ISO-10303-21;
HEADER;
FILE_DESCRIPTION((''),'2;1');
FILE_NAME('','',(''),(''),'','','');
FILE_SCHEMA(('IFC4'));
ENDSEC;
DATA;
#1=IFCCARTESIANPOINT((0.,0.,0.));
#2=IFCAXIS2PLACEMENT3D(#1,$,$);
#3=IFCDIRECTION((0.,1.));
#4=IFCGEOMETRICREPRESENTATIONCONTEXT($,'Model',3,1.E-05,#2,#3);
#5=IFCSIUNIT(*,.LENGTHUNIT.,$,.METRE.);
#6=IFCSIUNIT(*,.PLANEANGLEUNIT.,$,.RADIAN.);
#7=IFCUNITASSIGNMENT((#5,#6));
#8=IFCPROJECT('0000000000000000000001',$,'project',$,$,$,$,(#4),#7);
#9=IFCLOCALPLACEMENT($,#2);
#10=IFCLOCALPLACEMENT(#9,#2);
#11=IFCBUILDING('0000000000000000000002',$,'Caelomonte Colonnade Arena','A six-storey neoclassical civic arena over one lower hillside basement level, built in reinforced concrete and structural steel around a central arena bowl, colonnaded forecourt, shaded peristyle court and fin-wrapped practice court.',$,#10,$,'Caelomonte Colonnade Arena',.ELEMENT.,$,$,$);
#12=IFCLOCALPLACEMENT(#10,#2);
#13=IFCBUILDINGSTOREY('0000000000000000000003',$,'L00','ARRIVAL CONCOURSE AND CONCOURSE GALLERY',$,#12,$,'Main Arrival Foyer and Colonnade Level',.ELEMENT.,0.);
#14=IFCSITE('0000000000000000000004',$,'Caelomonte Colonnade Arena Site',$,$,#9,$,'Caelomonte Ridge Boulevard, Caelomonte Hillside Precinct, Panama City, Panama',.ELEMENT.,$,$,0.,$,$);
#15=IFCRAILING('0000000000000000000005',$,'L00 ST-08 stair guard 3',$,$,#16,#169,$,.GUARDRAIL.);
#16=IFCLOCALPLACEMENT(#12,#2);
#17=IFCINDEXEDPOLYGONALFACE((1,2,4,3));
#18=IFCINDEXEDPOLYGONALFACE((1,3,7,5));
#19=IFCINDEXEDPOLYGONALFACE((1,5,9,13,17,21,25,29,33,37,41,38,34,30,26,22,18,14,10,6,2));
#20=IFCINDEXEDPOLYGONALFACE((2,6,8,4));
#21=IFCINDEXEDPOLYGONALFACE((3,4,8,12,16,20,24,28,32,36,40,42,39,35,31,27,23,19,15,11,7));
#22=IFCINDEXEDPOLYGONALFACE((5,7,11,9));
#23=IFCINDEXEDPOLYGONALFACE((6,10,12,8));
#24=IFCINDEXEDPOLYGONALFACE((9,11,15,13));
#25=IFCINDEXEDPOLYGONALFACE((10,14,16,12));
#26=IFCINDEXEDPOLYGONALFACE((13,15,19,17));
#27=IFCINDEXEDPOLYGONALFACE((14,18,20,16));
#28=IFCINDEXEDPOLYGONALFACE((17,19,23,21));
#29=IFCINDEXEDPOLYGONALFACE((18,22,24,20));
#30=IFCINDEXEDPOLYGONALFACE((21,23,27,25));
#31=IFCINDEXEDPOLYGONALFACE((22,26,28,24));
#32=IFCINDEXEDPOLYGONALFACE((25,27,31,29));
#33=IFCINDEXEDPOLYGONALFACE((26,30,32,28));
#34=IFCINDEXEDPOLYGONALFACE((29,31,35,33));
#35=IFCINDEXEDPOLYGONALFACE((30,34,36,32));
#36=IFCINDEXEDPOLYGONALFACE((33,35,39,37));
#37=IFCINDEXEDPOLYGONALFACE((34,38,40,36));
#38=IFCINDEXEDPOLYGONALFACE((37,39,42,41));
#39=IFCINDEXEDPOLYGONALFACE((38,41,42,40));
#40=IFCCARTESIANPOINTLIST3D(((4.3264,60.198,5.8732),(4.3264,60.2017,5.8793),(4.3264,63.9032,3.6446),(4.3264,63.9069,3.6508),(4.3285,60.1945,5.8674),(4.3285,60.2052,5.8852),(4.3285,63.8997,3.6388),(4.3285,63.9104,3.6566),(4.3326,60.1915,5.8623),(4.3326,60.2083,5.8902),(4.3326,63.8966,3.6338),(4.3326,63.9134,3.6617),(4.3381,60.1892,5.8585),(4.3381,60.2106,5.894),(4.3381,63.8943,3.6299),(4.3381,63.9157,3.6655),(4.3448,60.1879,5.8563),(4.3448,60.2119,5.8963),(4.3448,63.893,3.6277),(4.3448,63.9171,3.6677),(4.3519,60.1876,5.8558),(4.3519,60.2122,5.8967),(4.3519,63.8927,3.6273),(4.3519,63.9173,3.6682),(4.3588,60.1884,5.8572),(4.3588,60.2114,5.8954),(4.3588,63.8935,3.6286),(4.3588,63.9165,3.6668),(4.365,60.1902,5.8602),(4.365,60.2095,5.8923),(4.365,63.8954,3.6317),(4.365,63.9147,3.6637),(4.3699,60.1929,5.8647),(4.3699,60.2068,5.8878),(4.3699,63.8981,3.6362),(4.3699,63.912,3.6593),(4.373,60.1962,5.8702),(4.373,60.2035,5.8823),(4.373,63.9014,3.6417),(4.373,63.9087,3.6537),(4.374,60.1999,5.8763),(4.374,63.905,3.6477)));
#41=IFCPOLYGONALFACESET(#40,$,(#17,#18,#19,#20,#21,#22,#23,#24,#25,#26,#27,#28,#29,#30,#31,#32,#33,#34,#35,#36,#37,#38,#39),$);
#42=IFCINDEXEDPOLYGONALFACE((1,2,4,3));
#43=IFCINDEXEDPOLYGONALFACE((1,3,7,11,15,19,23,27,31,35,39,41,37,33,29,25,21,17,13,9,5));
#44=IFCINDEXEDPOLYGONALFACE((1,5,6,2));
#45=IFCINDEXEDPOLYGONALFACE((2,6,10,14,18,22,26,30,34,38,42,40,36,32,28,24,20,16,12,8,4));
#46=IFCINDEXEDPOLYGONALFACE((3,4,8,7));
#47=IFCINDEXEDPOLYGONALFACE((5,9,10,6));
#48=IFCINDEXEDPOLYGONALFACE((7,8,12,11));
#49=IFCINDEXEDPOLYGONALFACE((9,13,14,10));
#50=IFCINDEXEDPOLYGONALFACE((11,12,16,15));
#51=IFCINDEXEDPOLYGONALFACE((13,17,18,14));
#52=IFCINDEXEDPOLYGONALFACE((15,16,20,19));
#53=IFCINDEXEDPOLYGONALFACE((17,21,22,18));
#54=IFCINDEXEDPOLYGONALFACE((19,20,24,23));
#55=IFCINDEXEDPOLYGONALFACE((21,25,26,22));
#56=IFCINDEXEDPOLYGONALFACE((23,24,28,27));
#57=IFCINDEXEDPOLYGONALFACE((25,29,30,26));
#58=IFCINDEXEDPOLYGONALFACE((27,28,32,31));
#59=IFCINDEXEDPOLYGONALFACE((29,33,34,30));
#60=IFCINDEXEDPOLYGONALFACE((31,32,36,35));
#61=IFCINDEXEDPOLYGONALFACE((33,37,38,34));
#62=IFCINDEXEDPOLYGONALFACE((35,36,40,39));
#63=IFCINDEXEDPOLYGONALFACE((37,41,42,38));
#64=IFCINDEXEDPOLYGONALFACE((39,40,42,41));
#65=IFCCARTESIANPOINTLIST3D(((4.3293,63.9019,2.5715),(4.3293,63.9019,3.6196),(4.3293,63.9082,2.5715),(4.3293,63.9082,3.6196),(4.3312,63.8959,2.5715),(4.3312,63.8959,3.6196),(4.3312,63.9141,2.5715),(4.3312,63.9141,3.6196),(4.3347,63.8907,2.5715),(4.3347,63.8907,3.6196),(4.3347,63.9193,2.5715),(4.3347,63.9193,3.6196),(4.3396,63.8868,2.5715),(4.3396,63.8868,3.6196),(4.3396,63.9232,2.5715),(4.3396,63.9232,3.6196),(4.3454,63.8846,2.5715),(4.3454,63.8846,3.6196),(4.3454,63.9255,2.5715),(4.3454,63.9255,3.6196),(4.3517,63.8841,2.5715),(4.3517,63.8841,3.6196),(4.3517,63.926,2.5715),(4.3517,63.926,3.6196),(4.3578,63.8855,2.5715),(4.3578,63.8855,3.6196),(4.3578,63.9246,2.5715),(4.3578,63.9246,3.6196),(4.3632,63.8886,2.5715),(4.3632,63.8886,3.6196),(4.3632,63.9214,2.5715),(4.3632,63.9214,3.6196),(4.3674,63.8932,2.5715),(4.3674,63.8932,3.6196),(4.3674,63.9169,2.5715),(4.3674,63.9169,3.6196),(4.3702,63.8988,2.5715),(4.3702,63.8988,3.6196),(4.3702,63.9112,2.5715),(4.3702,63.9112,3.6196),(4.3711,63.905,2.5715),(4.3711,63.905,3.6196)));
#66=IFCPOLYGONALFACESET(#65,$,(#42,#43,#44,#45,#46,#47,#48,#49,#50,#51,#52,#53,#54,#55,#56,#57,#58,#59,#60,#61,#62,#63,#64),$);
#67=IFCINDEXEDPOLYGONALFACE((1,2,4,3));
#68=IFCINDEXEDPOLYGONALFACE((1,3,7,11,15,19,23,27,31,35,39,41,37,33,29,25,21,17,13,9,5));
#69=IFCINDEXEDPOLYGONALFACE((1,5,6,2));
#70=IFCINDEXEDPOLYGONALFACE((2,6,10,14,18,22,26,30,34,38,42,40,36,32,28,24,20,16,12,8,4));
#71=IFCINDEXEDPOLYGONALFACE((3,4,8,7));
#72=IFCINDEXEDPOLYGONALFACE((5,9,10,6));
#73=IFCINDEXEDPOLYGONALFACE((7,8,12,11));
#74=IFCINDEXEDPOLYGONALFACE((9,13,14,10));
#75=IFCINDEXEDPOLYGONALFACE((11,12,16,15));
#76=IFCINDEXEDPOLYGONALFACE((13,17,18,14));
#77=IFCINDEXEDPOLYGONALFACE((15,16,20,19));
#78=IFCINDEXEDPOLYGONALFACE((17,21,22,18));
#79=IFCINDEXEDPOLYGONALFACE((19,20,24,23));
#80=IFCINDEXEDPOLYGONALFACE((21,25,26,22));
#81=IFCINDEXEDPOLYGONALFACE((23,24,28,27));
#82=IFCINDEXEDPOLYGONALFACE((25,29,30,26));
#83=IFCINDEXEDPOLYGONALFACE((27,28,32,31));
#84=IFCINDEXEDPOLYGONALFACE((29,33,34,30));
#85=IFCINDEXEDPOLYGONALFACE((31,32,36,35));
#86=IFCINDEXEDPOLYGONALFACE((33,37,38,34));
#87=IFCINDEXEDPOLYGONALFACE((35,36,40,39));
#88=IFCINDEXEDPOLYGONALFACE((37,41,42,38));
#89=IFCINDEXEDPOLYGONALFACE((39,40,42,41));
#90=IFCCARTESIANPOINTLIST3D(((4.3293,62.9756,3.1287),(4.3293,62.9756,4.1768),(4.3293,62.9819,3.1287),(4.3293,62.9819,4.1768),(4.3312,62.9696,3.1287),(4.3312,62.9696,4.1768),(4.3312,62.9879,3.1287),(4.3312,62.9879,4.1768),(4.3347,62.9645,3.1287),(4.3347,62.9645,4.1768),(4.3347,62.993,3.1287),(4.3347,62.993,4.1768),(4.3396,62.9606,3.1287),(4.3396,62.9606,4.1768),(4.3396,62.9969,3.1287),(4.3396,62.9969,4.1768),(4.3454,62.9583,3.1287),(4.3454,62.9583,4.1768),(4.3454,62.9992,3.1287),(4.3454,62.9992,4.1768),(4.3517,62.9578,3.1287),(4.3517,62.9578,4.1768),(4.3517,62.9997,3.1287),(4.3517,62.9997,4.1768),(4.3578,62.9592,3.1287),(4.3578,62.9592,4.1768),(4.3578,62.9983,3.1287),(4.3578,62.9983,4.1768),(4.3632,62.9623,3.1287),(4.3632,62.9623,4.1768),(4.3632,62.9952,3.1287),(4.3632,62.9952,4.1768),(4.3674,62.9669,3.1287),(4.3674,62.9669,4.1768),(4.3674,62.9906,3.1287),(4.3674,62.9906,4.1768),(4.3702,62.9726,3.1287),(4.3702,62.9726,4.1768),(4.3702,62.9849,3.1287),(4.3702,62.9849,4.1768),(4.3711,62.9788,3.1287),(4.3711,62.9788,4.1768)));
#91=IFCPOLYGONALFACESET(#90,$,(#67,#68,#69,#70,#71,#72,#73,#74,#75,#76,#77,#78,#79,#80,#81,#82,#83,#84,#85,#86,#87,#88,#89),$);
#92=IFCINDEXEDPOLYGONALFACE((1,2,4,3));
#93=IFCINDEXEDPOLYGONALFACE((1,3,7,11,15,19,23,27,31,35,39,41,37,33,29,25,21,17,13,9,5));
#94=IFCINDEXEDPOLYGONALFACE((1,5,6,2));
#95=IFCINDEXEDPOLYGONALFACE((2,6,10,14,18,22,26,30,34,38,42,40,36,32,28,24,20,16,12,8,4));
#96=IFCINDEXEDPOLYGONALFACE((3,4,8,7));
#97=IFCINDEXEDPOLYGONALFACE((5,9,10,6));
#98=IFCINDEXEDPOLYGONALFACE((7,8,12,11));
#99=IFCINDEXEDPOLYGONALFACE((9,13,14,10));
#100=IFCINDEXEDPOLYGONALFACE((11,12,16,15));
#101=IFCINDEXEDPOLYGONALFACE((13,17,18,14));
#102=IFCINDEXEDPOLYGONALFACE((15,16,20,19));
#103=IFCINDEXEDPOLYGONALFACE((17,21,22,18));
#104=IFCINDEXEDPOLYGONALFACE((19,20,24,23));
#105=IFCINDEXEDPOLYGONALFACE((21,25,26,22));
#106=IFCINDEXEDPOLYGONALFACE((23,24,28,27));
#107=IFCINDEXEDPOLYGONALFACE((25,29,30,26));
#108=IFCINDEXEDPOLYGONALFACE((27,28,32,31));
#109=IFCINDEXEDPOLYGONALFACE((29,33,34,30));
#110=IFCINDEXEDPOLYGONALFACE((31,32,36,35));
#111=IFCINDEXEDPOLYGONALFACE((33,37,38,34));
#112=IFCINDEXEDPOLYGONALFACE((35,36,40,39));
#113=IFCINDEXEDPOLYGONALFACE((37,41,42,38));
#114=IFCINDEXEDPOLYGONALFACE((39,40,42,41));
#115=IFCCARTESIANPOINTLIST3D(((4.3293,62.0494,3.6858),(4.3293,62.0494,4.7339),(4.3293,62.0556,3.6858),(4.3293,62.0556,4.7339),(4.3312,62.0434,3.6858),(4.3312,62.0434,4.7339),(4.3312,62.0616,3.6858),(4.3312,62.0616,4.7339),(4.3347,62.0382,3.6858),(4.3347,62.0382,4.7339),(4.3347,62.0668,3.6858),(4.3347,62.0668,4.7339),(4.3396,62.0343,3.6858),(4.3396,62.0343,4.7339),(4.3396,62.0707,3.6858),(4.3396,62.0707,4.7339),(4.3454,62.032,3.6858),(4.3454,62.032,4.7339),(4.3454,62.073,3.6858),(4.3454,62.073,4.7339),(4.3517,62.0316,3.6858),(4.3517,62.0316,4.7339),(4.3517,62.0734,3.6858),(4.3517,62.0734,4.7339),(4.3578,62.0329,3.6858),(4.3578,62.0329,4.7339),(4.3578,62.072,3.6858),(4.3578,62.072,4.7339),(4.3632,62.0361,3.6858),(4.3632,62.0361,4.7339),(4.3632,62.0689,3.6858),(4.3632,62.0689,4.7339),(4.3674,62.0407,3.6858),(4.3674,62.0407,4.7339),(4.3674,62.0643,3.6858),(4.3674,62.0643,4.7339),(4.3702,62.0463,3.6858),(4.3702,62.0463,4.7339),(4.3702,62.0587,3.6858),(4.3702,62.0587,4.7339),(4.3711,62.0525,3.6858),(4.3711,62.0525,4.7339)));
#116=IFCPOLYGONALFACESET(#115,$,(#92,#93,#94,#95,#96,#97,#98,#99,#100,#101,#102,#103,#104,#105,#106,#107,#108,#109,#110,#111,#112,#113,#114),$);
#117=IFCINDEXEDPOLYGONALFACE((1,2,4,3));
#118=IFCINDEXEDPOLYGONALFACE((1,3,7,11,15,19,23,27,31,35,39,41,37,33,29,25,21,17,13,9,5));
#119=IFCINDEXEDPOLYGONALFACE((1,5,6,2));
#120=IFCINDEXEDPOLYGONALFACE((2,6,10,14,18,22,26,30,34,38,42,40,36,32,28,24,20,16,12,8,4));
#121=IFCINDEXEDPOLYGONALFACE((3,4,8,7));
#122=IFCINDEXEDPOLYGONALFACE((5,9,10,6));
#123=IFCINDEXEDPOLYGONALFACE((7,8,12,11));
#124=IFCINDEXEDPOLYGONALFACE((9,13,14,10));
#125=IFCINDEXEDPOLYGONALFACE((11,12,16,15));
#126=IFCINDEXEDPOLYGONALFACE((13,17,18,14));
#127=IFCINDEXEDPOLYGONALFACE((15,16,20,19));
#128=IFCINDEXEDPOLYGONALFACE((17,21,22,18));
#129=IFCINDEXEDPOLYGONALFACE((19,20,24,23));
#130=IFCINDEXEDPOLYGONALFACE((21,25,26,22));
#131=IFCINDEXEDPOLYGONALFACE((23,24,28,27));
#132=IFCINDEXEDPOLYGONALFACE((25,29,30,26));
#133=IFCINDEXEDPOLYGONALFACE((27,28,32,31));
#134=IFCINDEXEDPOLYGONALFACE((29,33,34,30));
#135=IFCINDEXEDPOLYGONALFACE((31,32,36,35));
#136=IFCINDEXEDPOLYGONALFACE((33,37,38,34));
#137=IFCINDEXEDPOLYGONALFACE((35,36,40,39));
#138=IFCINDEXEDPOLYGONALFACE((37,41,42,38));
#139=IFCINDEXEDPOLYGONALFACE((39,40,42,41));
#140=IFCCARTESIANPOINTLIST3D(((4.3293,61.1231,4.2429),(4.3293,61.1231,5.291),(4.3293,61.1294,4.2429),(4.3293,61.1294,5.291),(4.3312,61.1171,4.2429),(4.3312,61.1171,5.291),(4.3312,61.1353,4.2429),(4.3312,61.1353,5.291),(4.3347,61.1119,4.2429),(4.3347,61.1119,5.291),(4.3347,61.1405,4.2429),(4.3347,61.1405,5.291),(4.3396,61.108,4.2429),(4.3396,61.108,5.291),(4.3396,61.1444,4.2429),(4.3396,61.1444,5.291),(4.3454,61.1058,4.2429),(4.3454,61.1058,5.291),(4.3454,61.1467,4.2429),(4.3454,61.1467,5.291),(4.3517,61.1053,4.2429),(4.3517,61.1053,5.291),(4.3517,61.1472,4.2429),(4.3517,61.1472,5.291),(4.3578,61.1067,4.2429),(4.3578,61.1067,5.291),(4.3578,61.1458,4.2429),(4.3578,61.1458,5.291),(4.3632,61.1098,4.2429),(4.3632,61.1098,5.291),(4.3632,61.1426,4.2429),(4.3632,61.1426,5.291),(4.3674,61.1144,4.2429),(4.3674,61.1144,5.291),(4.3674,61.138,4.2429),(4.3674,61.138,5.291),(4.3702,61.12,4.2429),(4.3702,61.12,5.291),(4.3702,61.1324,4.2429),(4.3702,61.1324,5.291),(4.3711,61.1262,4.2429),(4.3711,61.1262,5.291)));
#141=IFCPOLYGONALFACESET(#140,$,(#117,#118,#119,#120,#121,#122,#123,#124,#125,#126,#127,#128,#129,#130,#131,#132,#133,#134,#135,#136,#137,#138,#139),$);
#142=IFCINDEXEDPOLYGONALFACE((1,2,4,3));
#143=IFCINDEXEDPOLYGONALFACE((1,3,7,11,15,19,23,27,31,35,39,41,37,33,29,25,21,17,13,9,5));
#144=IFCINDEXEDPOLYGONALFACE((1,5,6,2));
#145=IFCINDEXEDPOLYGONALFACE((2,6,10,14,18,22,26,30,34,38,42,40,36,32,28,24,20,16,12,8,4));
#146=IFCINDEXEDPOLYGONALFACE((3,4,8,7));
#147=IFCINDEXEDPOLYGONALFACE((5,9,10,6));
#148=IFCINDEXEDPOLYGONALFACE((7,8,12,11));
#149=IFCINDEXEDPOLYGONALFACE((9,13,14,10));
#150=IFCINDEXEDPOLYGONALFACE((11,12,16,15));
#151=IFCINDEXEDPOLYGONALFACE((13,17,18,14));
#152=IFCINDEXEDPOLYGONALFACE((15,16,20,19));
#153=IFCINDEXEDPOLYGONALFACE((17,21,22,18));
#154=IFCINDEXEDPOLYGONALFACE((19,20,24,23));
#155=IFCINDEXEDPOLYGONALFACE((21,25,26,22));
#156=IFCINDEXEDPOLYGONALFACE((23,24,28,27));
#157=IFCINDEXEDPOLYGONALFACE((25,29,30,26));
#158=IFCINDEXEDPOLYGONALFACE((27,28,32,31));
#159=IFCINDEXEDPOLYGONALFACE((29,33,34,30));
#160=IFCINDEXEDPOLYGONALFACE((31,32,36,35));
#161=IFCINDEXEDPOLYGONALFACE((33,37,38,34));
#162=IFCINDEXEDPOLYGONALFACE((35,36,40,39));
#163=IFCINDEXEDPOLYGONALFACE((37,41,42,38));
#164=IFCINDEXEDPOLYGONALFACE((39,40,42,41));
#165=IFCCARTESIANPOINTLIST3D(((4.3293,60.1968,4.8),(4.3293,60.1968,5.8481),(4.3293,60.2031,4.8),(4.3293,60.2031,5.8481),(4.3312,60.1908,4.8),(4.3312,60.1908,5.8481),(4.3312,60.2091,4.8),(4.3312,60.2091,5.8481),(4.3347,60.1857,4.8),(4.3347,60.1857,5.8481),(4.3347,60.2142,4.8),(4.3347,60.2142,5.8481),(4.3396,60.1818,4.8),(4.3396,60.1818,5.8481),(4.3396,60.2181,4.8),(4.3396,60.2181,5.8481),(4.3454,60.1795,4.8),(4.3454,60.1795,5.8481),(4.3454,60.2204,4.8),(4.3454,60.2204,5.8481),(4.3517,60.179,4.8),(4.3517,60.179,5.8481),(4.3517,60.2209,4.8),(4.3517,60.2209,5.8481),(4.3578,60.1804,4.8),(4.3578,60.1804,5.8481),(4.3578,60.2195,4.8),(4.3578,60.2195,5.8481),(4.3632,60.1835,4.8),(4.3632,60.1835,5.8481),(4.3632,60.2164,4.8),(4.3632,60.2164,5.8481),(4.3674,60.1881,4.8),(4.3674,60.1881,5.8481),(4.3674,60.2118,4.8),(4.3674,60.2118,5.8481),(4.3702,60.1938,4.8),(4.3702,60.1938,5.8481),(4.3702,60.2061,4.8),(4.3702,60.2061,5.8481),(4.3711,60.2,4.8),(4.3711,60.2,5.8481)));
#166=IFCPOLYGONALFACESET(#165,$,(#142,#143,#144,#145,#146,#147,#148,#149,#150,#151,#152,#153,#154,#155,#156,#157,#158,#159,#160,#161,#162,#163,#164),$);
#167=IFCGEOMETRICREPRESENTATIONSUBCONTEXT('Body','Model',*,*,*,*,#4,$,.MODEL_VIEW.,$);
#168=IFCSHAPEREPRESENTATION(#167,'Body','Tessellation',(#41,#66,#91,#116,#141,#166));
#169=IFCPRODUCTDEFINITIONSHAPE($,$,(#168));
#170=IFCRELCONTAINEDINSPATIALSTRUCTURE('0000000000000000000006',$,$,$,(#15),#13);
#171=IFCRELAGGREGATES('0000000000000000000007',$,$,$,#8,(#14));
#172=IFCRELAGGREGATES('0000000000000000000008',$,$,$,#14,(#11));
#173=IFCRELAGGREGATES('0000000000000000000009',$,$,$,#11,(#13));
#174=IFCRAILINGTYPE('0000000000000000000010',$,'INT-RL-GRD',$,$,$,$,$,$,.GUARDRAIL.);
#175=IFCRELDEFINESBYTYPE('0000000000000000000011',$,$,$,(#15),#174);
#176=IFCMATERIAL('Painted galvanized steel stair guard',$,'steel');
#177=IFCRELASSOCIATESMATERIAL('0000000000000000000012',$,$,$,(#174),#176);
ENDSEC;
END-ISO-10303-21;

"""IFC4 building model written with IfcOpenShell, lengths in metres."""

from ifc_helpers import new_model, si_unit, direction, frame, origin, origin_2d, place, context, subcontext, project, spatial, circle, extrude, material, type_object, element, save


model = new_model("IFC4")

# Units and contexts
model_context = context("Model", 3, precision=1e-05, world=origin(), true_north=direction((0.0, 1.0)))
body_context = subcontext(model_context, "Body", "Model", "MODEL_VIEW")
ifc_project = project(units=[si_unit("LENGTHUNIT", "METRE"), si_unit("PLANEANGLEUNIT", "RADIAN")], contexts=[model_context])

# Site, building, storey
site_placement = place(None, origin())
site = spatial("IfcSite", under=ifc_project, at=site_placement, Name="Caelomonte Colonnade Arena Site", LongName="Caelomonte Ridge Boulevard, Caelomonte Hillside Precinct, Panama City, Panama", CompositionType="ELEMENT", RefElevation=0.0)
building_placement = place(site_placement, origin())
building = spatial("IfcBuilding", under=site, at=building_placement, Name="Caelomonte Colonnade Arena", Description="A six-storey neoclassical civic arena over one lower hillside basement level, built in reinforced concrete and structural steel around a central arena bowl, colonnaded forecourt, shaded peristyle court and fin-wrapped practice court.", LongName="Caelomonte Colonnade Arena", CompositionType="ELEMENT")
storey_placement = place(building_placement, origin())
storey = spatial("IfcBuildingStorey", under=building, at=storey_placement, Name="L00", Description="ARRIVAL CONCOURSE AND CONCOURSE GALLERY", LongName="Main Arrival Foyer and Colonnade Level", CompositionType="ELEMENT", Elevation=0.0)

# Railing
ifc_material_1 = material(Name="Painted galvanized steel stair guard", Category="steel")
railing_type_1 = type_object("IfcRailingType", Name="INT-RL-GRD", PredefinedType="GUARDRAIL", material=ifc_material_1)
railing_1_placement = place(storey_placement, frame((4.3501, 63.905, 2.5715)))
element("IfcRailing", 1, at=railing_1_placement, inside=storey, type_object=railing_type_1, Name="L00 ST-08 stair guard 3", PredefinedType="GUARDRAIL", context=body_context, shape_type="SweptSolid", body=[
    extrude(circle(Radius=0.0239, at=origin_2d()), frame((0.0, 0.0, 1.0762), z_axis=(0.0, -0.856934, 0.515425), x_axis=(1.0, 0.0, 0.0)), (0.0, 0.0, 1.0), 4.3237),
    extrude(circle(Radius=0.021, at=origin_2d()), origin(), (0.0, 0.0, 1.0), 1.0481),
    extrude(circle(Radius=0.021, at=origin_2d()), frame((0.0, -0.9263, 0.5571)), (0.0, 0.0, 1.0), 1.0481),
    extrude(circle(Radius=0.021, at=origin_2d()), frame((0.0, -1.8525, 1.1143)), (0.0, 0.0, 1.0), 1.0481),
    extrude(circle(Radius=0.021, at=origin_2d()), frame((0.0, -2.7788, 1.6714)), (0.0, 0.0, 1.0), 1.0481),
    extrude(circle(Radius=0.021, at=origin_2d()), frame((0.0, -3.7051, 2.2285)), (0.0, 0.0, 1.0), 1.0481),
])

save(model, "model.ifc")
